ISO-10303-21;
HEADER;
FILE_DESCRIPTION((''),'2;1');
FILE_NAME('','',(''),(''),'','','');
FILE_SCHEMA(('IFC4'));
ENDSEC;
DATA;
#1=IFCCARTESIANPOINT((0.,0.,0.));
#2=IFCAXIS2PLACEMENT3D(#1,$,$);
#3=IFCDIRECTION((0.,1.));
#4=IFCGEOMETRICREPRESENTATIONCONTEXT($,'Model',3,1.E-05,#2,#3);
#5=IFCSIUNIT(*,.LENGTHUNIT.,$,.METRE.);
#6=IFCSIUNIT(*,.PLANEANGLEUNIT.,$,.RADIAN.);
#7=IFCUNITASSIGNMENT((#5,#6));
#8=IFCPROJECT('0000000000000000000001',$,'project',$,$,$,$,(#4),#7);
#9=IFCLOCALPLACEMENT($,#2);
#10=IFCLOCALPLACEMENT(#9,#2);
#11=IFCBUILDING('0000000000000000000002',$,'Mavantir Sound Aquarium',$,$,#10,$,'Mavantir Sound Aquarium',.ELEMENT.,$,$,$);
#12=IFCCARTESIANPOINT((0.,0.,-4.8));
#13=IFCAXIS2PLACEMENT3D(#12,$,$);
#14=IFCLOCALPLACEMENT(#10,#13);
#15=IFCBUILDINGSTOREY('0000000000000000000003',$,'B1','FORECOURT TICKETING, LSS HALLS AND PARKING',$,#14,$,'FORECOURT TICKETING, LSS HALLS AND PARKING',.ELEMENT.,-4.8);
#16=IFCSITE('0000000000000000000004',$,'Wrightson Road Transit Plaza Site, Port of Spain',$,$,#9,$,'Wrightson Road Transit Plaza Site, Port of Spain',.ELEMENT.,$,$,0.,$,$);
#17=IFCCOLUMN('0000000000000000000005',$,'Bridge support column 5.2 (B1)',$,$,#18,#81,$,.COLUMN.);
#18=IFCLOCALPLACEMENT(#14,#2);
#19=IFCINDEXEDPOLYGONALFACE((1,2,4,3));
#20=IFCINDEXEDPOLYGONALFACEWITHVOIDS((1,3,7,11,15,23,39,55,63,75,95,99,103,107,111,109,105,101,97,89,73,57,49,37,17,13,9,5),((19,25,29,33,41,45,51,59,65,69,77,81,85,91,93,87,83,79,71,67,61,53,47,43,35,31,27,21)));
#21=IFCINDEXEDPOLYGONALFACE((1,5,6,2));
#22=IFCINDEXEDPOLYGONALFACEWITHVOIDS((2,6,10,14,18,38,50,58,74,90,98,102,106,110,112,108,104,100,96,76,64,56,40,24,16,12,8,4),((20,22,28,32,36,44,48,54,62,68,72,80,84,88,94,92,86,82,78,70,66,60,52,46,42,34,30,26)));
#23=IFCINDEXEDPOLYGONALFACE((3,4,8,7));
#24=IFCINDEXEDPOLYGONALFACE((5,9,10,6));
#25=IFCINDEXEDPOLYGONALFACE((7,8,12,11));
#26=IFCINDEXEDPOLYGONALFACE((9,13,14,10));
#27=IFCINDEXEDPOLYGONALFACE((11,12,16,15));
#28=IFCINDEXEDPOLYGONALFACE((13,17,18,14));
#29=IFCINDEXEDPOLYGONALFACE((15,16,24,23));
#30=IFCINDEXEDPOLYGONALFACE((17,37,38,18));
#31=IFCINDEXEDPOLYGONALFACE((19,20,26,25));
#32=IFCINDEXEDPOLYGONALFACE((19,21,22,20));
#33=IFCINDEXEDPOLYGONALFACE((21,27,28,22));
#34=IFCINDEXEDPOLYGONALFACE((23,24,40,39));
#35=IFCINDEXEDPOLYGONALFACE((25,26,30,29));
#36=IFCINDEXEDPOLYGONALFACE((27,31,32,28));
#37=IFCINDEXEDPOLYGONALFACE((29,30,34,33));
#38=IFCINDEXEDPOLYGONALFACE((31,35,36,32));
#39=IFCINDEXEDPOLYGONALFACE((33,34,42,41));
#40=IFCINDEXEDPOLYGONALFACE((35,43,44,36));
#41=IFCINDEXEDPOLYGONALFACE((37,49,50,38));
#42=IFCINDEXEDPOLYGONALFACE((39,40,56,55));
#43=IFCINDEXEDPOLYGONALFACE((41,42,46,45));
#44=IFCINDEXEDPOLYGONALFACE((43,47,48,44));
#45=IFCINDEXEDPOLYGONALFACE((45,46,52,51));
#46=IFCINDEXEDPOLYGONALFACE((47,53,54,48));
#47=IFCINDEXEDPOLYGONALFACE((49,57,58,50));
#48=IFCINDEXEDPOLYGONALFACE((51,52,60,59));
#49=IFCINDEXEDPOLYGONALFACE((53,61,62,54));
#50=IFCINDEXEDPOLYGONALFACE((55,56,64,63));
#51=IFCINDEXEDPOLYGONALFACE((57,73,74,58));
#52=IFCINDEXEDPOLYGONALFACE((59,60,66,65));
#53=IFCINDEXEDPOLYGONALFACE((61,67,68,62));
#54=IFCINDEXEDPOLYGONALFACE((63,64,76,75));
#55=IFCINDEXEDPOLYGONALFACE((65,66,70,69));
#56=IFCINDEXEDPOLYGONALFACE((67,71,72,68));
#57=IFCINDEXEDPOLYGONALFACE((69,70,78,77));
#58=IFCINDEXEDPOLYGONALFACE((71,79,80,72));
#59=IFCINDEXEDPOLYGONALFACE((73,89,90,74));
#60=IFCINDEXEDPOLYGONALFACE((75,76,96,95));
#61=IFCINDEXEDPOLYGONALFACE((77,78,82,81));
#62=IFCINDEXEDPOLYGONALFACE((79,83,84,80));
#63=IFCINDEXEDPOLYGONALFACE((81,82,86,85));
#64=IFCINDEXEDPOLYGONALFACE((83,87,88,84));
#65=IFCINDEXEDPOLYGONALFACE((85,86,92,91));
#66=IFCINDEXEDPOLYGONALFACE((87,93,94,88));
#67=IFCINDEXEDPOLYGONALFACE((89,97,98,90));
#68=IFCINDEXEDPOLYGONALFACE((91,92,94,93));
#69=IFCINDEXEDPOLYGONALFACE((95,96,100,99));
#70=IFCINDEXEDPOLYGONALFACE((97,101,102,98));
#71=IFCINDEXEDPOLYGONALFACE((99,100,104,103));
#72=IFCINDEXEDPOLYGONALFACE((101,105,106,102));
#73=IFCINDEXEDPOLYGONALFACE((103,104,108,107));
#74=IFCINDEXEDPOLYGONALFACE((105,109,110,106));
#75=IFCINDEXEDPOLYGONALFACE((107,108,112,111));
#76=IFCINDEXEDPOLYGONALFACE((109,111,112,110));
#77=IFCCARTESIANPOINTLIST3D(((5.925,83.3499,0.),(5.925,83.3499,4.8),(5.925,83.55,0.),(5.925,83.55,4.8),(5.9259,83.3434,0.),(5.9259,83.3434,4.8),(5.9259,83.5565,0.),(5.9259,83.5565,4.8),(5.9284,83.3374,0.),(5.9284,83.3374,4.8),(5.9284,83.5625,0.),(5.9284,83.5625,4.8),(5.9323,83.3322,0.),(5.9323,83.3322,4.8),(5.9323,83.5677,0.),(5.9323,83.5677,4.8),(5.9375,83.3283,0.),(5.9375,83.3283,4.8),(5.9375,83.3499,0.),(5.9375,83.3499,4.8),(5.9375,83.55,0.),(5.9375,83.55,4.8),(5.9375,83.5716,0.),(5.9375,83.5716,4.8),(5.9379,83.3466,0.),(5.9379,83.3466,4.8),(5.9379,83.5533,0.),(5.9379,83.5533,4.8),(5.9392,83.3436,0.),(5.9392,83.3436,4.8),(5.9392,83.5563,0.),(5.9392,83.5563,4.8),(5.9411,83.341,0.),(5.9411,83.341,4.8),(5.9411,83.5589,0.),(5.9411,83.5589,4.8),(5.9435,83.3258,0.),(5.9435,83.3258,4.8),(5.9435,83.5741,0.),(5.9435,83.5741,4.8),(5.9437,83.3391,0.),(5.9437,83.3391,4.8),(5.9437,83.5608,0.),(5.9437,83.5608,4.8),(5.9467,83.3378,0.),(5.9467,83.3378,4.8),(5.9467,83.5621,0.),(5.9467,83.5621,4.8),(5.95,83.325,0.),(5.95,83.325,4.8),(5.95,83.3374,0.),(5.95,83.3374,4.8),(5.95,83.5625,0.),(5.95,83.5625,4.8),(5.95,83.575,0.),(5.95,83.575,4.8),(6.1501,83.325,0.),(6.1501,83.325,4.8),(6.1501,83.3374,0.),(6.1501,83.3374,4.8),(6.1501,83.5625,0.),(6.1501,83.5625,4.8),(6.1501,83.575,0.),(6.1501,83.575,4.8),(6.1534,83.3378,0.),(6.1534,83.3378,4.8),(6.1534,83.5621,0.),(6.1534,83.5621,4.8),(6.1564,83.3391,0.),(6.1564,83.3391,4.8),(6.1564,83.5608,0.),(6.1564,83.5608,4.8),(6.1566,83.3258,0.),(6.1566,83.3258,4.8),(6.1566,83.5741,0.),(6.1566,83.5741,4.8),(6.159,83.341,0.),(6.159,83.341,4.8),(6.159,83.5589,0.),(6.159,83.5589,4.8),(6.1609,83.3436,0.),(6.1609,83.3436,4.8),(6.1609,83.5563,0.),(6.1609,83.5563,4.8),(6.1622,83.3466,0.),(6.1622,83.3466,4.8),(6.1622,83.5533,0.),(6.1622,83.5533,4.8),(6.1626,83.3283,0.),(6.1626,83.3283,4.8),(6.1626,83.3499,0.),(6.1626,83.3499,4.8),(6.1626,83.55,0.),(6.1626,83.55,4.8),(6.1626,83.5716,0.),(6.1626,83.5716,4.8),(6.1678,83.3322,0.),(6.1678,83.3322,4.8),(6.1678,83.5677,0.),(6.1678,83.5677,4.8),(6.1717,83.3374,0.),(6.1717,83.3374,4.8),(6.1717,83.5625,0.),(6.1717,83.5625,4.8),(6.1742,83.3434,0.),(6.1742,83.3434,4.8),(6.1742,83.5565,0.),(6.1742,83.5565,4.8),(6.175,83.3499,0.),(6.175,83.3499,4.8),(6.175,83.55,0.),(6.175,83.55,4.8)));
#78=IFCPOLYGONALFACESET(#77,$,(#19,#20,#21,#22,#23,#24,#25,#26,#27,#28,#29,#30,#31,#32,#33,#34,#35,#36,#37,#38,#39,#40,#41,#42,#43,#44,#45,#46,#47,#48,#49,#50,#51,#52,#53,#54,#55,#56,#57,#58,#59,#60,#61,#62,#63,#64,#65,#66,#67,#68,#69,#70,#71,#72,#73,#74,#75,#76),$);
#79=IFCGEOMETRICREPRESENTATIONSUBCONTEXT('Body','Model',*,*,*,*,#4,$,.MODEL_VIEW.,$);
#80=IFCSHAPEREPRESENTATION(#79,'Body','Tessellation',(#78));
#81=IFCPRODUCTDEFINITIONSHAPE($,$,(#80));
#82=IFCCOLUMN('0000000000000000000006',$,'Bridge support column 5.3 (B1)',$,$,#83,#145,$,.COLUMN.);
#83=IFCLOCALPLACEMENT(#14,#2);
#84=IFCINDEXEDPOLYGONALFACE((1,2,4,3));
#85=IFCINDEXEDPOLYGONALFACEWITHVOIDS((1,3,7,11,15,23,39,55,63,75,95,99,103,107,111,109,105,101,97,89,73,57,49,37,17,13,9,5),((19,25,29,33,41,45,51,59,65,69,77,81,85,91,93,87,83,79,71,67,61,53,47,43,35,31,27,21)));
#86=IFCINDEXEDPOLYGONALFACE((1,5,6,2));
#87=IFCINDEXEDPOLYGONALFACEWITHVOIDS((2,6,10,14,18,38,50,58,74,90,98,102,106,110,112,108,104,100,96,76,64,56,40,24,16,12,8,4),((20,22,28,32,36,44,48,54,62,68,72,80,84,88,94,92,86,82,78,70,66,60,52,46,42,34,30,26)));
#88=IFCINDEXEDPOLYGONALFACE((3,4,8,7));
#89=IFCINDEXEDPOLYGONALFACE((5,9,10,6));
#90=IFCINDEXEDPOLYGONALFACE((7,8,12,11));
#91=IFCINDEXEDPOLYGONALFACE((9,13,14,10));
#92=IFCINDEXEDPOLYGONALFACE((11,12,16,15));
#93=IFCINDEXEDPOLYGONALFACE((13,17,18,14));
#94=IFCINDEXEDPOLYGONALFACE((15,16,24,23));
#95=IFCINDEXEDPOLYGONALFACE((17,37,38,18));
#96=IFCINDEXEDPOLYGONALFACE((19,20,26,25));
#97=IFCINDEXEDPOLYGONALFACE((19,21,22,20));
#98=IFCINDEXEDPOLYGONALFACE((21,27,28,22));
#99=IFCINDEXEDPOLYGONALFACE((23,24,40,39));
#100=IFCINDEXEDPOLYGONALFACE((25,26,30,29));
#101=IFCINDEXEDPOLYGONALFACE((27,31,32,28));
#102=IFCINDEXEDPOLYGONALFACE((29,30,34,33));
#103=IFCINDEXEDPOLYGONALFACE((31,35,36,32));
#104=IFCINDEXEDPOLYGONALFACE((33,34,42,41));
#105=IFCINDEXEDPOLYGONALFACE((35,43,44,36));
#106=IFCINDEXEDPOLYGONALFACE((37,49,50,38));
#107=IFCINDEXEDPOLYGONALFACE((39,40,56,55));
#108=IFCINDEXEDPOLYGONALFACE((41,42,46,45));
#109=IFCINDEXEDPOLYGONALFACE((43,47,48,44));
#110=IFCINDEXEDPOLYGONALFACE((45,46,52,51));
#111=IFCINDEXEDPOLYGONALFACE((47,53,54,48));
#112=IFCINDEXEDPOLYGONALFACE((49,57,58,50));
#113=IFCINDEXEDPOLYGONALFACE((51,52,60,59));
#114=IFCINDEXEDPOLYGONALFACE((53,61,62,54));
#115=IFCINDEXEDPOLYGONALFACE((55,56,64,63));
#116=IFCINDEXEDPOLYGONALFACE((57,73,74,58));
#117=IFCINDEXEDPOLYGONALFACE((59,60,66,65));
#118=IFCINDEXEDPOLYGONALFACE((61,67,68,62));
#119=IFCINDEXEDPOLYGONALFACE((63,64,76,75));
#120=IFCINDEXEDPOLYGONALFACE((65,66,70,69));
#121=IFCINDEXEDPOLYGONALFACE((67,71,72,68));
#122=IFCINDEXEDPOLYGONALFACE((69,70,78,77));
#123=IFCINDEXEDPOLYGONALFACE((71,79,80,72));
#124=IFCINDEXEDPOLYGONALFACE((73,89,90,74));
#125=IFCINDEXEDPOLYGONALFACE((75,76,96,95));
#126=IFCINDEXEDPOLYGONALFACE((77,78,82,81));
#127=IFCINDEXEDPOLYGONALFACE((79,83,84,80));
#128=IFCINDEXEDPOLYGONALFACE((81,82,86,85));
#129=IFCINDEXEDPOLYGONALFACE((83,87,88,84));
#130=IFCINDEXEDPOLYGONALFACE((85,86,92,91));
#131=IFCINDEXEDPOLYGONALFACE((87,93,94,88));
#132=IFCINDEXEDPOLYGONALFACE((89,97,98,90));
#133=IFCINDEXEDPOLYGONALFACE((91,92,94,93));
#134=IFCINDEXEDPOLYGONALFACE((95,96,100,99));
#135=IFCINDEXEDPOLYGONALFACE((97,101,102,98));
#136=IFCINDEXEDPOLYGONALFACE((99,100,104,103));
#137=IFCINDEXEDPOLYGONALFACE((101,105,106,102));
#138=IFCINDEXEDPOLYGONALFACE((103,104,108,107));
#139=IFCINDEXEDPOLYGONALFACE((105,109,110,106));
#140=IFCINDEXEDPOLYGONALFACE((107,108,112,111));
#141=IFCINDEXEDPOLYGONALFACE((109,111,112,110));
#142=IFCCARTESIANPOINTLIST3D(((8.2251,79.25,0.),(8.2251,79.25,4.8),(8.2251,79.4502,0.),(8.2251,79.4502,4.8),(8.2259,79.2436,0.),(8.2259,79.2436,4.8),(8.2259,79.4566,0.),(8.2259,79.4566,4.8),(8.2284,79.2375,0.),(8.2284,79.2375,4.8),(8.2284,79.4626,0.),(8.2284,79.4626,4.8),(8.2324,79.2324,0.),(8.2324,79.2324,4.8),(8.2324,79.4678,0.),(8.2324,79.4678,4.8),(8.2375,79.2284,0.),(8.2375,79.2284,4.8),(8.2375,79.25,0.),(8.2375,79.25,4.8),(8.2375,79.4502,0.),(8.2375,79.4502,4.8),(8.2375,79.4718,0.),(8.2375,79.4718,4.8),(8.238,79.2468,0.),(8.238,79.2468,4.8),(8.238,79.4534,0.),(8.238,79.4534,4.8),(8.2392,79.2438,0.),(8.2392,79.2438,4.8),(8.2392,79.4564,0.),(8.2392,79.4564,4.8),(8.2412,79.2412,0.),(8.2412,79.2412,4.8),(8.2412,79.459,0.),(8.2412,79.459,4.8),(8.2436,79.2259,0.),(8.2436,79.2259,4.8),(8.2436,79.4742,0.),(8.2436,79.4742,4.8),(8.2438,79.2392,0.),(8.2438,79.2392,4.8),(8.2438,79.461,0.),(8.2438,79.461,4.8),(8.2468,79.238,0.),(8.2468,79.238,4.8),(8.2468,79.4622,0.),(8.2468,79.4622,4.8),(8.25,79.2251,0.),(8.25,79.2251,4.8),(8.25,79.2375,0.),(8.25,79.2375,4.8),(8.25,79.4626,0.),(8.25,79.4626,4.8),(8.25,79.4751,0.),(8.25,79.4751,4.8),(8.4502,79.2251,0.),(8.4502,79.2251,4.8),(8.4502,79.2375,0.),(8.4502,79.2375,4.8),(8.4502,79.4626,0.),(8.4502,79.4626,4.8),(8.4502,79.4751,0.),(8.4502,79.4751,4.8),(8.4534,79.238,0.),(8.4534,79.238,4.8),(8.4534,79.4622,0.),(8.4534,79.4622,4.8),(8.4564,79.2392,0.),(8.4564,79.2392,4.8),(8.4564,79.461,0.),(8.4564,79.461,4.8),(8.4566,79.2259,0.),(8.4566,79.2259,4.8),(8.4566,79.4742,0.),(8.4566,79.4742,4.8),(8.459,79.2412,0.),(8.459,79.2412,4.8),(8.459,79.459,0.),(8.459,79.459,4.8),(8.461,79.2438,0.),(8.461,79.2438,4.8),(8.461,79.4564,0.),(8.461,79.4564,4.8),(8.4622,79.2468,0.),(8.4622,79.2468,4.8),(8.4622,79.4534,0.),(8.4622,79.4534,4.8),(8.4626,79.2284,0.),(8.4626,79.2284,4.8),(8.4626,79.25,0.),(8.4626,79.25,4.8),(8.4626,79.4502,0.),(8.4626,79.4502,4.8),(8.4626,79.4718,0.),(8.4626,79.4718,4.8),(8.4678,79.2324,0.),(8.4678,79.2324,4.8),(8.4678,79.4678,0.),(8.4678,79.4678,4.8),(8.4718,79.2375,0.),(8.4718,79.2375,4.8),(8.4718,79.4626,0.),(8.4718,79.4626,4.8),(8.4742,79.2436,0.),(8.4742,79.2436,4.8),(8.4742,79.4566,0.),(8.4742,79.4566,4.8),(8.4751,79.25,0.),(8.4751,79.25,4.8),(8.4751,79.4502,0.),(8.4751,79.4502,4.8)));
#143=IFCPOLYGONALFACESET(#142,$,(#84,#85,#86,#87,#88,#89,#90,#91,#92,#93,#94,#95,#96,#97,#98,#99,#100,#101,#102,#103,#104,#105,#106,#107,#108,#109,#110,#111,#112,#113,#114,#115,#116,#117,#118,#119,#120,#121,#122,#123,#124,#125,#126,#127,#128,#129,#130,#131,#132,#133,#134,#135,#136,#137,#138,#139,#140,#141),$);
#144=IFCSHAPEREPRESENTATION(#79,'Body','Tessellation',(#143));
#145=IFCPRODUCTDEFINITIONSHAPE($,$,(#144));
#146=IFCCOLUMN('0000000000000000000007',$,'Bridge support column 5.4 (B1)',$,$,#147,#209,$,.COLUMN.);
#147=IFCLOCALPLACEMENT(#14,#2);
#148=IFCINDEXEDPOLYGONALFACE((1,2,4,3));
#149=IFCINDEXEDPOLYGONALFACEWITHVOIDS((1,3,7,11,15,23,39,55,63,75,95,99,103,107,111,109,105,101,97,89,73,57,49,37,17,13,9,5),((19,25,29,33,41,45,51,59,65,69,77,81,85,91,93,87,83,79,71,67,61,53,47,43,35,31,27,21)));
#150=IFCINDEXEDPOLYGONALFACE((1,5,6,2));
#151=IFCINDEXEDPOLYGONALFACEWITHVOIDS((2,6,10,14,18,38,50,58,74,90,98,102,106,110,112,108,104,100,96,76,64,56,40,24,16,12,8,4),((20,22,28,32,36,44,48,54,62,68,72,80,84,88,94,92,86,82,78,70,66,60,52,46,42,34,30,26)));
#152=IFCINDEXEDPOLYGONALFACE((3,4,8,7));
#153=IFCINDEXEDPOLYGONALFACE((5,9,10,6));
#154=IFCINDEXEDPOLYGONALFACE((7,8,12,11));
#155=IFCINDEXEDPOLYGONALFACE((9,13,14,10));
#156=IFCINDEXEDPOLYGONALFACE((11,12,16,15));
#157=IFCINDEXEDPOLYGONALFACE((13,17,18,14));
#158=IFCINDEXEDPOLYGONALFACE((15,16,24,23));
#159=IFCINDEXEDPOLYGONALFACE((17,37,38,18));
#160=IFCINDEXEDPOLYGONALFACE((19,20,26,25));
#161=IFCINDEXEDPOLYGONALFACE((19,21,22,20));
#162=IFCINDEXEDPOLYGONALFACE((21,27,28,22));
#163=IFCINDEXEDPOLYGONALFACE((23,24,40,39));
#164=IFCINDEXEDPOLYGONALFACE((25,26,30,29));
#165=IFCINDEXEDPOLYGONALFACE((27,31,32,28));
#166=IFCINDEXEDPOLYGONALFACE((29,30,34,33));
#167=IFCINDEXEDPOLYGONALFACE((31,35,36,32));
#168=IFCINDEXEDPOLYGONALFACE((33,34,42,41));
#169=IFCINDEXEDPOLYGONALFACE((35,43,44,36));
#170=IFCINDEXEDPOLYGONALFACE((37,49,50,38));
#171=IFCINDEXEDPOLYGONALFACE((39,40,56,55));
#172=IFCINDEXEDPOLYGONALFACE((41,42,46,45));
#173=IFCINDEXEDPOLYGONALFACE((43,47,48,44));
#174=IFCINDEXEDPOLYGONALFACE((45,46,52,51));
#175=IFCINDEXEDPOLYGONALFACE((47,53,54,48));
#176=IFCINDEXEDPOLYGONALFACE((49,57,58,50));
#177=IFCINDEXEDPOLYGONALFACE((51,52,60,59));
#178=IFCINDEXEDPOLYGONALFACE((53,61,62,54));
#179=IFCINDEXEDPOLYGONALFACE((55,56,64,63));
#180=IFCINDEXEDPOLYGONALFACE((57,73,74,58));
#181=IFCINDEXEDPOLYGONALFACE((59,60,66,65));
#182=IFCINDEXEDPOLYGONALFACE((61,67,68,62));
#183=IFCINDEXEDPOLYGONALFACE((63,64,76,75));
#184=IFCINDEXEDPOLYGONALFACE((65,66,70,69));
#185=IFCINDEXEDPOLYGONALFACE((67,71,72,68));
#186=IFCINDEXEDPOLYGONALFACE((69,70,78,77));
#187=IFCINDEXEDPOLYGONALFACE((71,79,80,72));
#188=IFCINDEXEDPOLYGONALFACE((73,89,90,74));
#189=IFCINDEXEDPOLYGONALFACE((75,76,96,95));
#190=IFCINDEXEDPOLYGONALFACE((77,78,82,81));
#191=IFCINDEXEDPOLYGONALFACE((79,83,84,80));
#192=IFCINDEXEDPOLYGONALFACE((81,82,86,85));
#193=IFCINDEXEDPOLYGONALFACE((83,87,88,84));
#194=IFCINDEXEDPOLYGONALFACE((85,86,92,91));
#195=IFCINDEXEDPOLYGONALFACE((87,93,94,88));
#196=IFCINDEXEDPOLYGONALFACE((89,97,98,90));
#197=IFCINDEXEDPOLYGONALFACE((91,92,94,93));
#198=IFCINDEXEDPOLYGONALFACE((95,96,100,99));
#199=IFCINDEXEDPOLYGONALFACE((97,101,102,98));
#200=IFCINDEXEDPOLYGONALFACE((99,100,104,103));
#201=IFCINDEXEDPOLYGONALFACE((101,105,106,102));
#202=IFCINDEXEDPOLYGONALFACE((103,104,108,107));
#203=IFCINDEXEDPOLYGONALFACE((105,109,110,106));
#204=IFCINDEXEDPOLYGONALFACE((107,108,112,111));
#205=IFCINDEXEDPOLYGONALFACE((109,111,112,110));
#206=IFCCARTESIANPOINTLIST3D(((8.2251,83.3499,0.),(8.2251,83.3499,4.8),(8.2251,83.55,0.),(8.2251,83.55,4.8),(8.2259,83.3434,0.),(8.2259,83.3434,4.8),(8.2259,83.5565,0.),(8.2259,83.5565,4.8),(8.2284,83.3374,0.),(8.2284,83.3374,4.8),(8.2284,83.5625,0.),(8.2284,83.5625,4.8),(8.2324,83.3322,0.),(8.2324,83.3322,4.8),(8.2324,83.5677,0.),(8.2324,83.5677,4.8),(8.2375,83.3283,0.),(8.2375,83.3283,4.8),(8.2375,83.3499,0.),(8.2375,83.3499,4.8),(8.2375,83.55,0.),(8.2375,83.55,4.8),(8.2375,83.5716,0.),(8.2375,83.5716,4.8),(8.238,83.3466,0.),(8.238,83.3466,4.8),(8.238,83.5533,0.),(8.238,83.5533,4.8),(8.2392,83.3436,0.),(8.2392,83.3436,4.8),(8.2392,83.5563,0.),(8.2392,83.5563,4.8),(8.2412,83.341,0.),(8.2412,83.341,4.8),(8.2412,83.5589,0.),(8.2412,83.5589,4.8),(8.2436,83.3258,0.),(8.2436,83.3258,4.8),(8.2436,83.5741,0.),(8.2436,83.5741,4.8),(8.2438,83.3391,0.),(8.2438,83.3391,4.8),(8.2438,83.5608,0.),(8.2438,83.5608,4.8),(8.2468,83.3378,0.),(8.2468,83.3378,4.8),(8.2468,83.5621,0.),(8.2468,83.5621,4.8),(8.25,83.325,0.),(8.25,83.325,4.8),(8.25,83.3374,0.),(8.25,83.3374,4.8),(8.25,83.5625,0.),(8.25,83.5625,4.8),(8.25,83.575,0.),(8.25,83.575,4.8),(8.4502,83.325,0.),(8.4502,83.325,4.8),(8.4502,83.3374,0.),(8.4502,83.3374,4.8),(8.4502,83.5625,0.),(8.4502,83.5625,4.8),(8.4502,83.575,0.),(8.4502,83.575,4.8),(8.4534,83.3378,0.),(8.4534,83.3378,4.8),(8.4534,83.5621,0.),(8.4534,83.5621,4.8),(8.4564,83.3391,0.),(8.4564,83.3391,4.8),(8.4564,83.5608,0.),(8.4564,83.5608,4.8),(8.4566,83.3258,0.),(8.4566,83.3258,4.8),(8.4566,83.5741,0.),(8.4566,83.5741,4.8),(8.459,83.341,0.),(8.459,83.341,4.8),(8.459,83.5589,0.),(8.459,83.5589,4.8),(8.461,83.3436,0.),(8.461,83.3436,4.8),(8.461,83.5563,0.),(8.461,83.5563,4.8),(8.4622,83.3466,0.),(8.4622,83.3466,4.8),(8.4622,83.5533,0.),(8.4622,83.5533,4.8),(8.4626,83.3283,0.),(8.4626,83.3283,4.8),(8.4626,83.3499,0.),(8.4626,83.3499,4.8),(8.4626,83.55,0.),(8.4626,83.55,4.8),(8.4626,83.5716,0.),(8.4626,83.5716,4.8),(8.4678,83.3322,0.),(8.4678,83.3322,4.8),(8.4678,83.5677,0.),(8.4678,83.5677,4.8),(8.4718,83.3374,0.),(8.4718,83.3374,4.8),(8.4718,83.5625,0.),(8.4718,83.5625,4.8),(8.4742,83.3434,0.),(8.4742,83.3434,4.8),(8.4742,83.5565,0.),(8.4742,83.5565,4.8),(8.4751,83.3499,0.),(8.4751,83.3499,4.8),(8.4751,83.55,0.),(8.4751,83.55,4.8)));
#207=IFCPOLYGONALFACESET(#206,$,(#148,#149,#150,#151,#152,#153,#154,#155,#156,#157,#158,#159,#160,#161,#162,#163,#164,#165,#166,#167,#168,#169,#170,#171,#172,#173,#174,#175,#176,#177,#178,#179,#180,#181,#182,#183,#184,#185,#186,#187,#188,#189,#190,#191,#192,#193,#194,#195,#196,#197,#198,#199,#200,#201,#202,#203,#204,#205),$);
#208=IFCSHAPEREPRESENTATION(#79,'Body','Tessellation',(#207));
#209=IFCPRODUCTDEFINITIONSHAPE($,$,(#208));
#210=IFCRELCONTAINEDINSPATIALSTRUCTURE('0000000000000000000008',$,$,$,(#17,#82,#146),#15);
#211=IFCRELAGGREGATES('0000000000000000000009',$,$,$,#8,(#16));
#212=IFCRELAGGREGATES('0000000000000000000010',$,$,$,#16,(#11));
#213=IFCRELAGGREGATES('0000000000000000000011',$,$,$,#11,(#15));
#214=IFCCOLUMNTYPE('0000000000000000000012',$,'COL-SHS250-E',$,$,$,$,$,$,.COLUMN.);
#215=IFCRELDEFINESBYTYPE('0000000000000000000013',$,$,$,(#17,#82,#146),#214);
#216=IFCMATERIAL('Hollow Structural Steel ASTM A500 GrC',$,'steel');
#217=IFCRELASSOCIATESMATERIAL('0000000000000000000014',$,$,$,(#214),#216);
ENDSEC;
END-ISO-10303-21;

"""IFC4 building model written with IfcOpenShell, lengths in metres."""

from ifc_helpers import new_model, si_unit, direction, frame, origin, origin_2d, place, context, subcontext, project, spatial, hollow_rectangle, extrude, material, material_profile, profile_set, type_object, element, save


model = new_model("IFC4")

# Units and contexts
model_context = context("Model", 3, precision=1e-05, world=origin(), true_north=direction((0.0, 1.0)))
body_context = subcontext(model_context, "Body", "Model", "MODEL_VIEW")
ifc_project = project(units=[si_unit("LENGTHUNIT", "METRE"), si_unit("PLANEANGLEUNIT", "RADIAN")], contexts=[model_context])

# Site, building, storey
site_placement = place(None, origin())
site = spatial("IfcSite", under=ifc_project, at=site_placement, Name="Wrightson Road Transit Plaza Site, Port of Spain", LongName="Wrightson Road Transit Plaza Site, Port of Spain", CompositionType="ELEMENT", RefElevation=0.0)
building_placement = place(site_placement, origin())
building = spatial("IfcBuilding", under=site, at=building_placement, Name="Mavantir Sound Aquarium", LongName="Mavantir Sound Aquarium", CompositionType="ELEMENT")
storey_placement = place(building_placement, frame((0.0, 0.0, -4.8)))
storey = spatial("IfcBuildingStorey", under=building, at=storey_placement, Name="B1", Description="FORECOURT TICKETING, LSS HALLS AND PARKING", LongName="FORECOURT TICKETING, LSS HALLS AND PARKING", CompositionType="ELEMENT", Elevation=-4.8)

# Columns
ifc_material_1 = material(Name="Hollow Structural Steel ASTM A500 GrC", Category="steel")
ifc_material_profile_1 = material_profile(ifc_material_1, hollow_rectangle(XDim=0.25, YDim=0.25, WallThickness=0.0125, InnerFilletRadius=0.0125, OuterFilletRadius=0.0249, at=origin_2d()), Name="SHS 250X250X12.5")
ifc_profile_set_1 = profile_set([ifc_material_profile_1], Name="Hollow Structural Steel ASTM A500 GrC")
column_type_1 = type_object("IfcColumnType", Name="COL-SHS250-E", PredefinedType="COLUMN", material=ifc_profile_set_1)
for number, where, z_axis, x_axis, name in (
    (1, (6.05, 83.45, 0.0), (0.0, 0.0, 1.0), (1.0, 0.0, 0.0), "Bridge support column 5.2 (B1)"),
    (2, (8.3501, 79.3501, 0.0), (0.0, 0.0, 1.0), (1.0, 0.0, 0.0), "Bridge support column 5.3 (B1)"),
    (3, (8.3501, 83.45, 0.0), (0.0, 0.0, 1.0), (1.0, 0.0, 0.0), "Bridge support column 5.4 (B1)"),
):
    element("IfcColumn", number, at=place(storey_placement, frame(where, z_axis=z_axis, x_axis=x_axis)), inside=storey, type_object=column_type_1, Name=name, PredefinedType="COLUMN", context=body_context, shape_type="SweptSolid", body=[
        extrude(hollow_rectangle(XDim=0.25, YDim=0.25, WallThickness=0.0125, InnerFilletRadius=0.0125, OuterFilletRadius=0.0249, at=origin_2d()), origin(), (0.0, 0.0, 1.0), 4.8),
    ])

save(model, "model.ifc")
